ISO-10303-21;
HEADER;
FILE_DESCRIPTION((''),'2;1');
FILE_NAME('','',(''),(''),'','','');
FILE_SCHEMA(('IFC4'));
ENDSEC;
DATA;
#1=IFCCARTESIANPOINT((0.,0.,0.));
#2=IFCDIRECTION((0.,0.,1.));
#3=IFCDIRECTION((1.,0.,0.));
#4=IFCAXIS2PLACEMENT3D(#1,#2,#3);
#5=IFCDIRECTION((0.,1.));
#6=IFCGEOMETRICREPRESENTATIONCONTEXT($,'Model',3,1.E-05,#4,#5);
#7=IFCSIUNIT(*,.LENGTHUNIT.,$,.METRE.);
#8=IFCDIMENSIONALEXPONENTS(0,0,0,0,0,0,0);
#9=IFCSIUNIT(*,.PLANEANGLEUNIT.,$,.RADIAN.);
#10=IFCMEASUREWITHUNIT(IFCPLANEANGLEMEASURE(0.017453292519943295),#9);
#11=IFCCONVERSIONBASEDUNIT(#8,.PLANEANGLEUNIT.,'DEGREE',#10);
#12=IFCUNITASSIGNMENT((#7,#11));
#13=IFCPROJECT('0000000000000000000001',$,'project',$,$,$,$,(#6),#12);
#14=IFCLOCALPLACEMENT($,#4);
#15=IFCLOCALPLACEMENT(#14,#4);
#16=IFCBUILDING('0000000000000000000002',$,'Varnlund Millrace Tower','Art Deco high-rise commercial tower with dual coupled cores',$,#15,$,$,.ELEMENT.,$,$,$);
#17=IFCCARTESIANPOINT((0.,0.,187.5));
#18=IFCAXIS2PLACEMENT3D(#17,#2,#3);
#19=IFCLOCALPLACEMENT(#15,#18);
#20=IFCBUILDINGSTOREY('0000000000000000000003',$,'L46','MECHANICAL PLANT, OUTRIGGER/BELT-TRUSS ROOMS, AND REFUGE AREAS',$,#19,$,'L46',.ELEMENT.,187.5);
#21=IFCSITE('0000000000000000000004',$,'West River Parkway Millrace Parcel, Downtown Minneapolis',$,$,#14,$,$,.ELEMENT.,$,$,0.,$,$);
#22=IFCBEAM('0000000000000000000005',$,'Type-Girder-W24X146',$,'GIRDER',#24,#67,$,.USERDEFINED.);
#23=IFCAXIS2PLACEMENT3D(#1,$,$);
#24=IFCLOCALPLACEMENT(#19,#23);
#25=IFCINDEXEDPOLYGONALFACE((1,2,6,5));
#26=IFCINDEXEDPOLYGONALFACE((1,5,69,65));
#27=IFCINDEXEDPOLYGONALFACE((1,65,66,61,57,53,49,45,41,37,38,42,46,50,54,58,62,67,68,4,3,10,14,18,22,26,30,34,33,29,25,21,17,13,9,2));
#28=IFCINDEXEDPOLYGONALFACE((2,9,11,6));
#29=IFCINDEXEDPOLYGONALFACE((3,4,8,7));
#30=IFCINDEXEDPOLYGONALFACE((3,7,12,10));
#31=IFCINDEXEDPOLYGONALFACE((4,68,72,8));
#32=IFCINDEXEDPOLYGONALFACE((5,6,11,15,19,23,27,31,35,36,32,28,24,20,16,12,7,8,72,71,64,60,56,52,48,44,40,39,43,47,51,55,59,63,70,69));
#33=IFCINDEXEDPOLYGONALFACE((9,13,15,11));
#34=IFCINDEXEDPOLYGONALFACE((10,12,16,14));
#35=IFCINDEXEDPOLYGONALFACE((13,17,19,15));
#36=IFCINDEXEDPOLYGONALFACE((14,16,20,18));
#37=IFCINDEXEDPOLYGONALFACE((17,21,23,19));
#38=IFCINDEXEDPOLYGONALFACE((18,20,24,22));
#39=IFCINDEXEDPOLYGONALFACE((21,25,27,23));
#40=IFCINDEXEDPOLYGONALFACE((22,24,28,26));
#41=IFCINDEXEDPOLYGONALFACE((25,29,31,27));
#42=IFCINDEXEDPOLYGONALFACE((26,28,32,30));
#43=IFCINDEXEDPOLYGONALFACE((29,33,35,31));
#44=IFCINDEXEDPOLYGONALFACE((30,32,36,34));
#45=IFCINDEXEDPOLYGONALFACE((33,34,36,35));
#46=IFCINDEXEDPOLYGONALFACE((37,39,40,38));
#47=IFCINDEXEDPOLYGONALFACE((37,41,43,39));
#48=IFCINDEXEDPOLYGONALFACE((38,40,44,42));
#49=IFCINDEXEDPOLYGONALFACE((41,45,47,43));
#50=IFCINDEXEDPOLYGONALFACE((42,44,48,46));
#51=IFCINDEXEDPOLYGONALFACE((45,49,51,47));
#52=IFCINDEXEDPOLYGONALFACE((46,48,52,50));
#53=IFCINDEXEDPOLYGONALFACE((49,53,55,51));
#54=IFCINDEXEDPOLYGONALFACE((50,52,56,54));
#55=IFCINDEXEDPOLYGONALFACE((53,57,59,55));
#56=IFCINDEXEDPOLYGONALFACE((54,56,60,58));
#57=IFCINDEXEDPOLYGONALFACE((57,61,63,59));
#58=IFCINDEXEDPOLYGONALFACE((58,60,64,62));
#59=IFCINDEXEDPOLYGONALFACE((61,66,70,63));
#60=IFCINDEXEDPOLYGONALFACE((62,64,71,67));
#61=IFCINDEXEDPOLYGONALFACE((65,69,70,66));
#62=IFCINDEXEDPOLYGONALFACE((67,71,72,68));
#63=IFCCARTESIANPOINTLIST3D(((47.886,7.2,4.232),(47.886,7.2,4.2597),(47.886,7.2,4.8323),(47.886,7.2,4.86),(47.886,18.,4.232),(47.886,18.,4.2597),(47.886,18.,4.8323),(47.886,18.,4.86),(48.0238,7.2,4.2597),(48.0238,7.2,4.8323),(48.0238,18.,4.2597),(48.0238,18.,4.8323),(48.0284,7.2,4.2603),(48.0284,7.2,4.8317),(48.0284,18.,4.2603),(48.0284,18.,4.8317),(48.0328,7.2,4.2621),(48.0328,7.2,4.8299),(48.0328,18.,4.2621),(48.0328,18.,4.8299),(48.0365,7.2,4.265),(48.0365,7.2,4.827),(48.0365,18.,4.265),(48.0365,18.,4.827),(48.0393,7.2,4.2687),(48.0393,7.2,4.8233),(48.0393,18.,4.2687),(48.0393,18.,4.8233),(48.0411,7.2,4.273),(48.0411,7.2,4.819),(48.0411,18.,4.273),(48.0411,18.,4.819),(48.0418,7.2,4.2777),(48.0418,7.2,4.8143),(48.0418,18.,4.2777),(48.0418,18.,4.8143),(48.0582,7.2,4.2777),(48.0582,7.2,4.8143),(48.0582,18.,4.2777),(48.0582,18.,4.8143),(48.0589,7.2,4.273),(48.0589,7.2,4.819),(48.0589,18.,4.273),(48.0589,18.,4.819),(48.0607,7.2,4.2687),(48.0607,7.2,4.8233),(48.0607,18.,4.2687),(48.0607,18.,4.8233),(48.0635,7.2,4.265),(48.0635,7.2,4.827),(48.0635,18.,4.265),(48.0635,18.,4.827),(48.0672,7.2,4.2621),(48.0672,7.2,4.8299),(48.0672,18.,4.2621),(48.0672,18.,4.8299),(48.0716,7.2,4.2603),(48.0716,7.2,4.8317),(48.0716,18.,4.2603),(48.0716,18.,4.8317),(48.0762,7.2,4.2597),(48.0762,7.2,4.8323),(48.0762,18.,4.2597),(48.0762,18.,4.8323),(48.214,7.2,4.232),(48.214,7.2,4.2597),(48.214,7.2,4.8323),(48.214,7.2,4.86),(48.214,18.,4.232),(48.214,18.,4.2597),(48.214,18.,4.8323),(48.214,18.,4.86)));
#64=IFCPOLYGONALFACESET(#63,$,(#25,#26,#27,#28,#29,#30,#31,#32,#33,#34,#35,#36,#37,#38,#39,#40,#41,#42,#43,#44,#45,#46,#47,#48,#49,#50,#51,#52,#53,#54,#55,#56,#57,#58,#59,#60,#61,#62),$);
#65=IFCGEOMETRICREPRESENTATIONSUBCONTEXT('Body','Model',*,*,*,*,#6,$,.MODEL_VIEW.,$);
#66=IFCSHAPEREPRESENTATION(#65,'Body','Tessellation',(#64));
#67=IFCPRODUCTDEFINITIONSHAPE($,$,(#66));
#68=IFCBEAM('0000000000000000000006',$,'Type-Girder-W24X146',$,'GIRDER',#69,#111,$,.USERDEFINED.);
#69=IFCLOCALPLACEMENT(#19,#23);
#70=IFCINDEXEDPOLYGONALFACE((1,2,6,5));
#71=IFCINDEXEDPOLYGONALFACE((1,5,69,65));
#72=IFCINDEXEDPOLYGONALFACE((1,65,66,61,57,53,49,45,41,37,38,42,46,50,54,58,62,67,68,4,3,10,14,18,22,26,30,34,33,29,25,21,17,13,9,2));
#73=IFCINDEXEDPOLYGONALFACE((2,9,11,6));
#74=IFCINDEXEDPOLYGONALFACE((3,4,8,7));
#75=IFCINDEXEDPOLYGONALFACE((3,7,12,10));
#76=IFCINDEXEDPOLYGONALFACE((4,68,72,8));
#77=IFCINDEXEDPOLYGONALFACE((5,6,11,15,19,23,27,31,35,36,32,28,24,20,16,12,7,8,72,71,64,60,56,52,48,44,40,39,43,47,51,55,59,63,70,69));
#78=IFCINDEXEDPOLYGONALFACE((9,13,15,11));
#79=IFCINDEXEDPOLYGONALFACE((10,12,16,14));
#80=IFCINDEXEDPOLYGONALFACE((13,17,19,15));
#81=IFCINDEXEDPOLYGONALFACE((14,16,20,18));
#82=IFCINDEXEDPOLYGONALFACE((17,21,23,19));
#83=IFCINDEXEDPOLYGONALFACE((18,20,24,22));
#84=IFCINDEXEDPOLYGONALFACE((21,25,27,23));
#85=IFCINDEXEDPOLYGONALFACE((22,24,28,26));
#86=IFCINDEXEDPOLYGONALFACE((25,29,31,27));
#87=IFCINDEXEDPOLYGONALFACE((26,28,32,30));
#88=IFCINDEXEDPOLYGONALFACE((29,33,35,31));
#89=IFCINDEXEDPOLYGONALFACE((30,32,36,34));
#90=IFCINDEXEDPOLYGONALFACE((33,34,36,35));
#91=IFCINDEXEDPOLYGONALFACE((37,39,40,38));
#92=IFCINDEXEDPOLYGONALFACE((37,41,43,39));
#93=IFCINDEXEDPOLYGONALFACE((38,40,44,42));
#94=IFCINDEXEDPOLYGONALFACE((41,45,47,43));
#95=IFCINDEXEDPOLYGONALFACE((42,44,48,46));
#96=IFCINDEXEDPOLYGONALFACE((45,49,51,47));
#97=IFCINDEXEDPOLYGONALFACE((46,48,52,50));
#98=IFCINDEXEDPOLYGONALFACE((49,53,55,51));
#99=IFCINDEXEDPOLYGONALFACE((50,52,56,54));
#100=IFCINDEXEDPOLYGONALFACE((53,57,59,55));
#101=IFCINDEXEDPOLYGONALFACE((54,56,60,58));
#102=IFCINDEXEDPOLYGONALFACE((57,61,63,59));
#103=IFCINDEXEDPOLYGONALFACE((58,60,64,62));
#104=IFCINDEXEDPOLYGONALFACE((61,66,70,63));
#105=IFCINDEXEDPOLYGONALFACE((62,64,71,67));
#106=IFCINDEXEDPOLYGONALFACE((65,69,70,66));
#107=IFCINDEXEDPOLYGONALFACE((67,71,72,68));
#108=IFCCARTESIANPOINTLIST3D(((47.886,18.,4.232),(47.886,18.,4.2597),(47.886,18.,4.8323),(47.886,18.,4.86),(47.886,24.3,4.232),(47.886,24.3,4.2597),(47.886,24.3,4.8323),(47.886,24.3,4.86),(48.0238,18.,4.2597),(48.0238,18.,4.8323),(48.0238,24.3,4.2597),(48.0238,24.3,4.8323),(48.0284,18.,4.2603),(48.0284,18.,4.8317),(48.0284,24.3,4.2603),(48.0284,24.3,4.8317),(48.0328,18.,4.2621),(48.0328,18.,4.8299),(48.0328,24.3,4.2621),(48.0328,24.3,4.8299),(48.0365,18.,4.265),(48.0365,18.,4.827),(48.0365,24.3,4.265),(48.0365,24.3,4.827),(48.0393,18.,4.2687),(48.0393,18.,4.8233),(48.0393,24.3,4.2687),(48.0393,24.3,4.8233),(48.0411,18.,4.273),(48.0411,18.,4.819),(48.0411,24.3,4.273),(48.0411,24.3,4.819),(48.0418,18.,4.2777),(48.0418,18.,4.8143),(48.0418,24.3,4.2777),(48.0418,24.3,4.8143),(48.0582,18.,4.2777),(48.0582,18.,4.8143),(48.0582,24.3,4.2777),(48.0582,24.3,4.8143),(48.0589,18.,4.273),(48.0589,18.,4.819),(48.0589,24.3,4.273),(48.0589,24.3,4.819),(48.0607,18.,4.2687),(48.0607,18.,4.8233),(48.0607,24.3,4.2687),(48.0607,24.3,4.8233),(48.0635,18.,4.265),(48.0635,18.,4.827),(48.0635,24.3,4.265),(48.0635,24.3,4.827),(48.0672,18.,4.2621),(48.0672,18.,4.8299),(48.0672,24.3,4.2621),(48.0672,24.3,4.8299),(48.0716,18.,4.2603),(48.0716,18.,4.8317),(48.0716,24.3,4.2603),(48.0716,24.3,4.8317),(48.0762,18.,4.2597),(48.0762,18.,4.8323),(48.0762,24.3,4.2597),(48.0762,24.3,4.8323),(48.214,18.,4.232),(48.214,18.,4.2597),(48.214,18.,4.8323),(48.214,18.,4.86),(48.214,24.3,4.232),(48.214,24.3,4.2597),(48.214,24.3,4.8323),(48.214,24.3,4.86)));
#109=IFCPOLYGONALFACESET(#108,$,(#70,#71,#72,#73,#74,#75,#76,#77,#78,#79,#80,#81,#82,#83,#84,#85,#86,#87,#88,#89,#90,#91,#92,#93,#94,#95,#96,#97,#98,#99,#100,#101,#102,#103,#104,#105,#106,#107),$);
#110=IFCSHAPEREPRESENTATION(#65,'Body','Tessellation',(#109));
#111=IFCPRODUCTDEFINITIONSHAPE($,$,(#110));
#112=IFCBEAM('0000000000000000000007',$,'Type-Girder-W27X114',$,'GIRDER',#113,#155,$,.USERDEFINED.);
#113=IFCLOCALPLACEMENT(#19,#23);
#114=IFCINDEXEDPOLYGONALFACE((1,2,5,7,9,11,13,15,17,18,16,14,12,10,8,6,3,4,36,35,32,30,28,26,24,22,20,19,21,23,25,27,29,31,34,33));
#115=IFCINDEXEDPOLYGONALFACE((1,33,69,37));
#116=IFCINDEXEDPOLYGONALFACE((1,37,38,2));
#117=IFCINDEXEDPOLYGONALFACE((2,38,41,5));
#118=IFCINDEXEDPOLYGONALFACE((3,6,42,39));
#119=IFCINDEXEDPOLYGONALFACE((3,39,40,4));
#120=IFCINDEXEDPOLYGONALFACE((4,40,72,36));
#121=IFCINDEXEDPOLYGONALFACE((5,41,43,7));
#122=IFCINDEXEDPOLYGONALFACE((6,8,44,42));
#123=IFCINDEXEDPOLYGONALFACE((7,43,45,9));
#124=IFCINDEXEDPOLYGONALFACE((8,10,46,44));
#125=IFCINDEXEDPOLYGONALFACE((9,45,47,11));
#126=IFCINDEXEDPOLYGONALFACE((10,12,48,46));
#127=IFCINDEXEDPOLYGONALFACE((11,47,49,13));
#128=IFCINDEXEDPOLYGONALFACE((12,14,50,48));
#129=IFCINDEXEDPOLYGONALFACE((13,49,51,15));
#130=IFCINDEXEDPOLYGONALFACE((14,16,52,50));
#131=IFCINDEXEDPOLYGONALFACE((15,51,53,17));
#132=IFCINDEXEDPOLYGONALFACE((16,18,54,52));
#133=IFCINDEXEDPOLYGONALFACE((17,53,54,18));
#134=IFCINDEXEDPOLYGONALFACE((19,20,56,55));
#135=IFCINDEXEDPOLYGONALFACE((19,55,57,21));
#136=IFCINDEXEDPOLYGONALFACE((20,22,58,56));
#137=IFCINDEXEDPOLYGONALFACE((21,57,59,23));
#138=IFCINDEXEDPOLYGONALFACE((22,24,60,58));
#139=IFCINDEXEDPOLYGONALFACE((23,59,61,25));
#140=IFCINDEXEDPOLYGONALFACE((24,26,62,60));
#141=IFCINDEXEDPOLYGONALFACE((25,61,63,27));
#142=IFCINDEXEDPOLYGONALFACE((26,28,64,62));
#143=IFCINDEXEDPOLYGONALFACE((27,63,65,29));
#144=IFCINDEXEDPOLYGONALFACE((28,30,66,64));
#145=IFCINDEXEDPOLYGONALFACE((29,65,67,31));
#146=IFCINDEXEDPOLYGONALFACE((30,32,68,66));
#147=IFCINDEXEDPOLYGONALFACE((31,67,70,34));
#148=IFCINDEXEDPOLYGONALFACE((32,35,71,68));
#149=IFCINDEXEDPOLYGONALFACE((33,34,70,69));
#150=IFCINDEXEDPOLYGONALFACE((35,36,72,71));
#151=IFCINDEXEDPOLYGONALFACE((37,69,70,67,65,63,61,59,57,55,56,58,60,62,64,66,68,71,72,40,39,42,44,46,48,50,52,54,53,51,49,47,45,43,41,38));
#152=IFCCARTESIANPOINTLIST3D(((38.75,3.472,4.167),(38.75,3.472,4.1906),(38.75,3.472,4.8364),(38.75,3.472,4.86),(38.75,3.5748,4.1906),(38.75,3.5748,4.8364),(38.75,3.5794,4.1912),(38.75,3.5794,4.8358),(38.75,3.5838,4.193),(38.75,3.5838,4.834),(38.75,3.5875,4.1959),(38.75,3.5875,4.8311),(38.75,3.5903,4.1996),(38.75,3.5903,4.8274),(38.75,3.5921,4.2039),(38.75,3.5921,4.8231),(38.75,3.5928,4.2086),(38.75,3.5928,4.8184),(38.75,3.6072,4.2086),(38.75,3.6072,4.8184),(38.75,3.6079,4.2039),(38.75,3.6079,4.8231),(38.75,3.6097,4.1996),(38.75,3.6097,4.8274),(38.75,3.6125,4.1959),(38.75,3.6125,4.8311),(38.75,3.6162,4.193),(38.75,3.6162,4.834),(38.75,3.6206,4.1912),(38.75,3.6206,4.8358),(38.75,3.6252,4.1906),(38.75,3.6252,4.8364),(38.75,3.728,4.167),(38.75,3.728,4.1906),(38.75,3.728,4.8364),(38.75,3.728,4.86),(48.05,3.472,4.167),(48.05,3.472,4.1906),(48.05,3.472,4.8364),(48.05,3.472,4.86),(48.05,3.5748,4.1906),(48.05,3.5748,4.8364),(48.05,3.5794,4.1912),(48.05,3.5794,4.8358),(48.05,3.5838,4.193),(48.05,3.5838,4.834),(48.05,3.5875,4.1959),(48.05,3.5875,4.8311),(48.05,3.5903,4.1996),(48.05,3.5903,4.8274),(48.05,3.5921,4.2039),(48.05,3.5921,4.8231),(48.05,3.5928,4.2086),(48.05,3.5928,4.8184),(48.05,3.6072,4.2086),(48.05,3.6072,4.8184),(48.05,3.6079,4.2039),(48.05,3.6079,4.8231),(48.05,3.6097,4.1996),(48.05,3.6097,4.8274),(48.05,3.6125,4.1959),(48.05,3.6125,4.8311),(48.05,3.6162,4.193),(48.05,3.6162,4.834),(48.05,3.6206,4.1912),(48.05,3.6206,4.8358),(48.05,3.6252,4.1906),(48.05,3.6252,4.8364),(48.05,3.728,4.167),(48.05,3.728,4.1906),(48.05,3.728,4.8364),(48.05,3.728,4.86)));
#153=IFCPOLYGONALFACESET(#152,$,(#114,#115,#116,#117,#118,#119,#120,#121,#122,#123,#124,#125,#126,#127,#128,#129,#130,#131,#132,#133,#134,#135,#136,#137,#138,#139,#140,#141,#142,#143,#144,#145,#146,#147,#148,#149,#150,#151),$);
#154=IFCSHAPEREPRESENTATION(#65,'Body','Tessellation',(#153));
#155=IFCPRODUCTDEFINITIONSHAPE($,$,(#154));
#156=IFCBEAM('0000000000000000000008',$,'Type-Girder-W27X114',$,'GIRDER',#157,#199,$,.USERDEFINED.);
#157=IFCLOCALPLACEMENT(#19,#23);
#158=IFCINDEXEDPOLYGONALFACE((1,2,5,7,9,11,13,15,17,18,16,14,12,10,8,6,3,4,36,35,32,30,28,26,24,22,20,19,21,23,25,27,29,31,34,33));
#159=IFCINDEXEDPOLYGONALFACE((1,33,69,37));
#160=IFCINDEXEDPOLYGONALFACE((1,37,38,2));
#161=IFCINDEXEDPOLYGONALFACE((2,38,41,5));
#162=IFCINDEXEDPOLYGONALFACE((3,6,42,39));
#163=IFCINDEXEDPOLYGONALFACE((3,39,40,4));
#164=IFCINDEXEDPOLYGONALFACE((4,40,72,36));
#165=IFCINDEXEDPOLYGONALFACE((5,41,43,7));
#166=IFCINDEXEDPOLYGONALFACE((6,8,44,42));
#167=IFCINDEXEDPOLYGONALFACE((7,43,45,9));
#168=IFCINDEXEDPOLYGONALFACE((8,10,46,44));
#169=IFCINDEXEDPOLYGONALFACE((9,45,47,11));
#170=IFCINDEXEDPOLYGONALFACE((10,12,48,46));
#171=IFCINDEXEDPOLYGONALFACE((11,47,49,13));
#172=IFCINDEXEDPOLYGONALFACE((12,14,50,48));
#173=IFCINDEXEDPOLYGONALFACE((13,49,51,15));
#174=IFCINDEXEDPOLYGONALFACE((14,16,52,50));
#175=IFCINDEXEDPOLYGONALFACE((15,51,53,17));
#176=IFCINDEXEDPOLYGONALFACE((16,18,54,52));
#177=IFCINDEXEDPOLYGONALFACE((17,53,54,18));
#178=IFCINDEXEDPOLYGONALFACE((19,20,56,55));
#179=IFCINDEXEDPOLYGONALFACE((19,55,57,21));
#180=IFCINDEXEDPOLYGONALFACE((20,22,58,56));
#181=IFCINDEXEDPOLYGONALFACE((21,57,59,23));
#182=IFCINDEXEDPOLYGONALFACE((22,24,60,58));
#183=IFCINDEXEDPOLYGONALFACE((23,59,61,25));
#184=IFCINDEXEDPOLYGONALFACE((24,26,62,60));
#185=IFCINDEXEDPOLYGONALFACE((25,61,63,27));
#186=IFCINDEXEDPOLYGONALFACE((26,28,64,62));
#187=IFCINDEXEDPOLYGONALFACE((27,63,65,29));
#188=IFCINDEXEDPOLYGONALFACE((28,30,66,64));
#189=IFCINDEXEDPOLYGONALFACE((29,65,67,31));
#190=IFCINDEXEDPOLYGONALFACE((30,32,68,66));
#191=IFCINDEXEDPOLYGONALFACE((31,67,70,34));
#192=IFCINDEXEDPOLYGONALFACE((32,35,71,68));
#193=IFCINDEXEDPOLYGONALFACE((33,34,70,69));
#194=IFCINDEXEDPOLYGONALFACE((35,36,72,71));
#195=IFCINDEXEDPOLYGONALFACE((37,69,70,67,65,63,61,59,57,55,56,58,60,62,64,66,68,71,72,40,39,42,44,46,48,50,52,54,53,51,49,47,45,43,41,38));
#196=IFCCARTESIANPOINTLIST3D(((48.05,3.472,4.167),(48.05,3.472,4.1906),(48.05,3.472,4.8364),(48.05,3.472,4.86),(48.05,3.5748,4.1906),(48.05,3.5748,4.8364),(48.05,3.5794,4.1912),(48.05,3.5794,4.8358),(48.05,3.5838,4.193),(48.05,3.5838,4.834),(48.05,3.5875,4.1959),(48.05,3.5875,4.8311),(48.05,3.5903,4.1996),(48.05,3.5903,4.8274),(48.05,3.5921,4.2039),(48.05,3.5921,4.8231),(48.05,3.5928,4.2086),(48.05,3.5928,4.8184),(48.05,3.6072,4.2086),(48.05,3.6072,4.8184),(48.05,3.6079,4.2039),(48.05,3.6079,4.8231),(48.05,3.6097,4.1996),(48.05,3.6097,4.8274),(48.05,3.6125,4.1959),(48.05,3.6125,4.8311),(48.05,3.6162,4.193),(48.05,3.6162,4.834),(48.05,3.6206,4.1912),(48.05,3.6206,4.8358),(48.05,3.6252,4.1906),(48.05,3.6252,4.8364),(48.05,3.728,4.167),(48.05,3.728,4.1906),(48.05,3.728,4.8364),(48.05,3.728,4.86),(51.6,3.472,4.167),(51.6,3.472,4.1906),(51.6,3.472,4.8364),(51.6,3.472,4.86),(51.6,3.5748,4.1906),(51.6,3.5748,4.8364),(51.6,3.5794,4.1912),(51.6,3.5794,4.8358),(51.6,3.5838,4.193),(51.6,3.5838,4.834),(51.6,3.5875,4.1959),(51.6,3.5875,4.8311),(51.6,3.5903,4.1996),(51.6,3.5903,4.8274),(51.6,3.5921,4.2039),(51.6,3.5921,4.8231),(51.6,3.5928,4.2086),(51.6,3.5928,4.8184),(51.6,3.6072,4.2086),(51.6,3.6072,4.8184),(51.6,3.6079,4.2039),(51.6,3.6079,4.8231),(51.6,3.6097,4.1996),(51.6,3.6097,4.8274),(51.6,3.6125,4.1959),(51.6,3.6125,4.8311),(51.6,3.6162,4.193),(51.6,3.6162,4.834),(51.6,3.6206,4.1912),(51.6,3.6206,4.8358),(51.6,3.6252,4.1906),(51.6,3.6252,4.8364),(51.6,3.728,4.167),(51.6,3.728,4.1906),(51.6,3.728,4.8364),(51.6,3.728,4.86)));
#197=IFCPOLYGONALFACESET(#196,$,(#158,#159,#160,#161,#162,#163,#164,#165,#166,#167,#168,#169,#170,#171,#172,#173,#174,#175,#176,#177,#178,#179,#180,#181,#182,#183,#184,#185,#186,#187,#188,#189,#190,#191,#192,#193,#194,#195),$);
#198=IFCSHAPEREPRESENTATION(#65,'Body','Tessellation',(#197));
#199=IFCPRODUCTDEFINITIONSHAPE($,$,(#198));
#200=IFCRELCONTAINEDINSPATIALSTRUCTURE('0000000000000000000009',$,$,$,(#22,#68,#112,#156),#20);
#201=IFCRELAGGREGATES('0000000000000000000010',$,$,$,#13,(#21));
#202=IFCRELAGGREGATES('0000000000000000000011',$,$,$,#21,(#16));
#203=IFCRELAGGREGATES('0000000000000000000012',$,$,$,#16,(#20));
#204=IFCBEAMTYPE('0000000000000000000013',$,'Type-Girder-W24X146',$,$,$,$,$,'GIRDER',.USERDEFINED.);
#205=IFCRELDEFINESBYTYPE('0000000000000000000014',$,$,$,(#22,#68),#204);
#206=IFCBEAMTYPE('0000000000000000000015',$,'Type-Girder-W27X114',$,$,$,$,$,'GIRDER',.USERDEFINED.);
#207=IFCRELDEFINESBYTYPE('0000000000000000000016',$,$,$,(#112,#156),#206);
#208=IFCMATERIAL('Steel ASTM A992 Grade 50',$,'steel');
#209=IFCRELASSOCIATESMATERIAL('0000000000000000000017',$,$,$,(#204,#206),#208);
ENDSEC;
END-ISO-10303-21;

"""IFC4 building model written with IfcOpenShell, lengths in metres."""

from ifc_helpers import new_model, entity, si_unit, converted_unit, direction, frame, origin_with_axes, origin_2d_with_axis, place, context, subcontext, project, spatial, i_section, extrude, material, material_profile, profile_set, type_object, element, save


model = new_model("IFC4")

# Units and contexts
model_context = context("Model", 3, precision=1e-05, world=origin_with_axes(), true_north=direction((0.0, 1.0)))
body_context = subcontext(model_context, "Body", "Model", "MODEL_VIEW")
ifc_project = project(units=[si_unit("LENGTHUNIT", "METRE"), converted_unit("PLANEANGLEUNIT", "DEGREE", entity("IfcPlaneAngleMeasure", 0.017453292519943295), si_unit("PLANEANGLEUNIT", "RADIAN"), dimensions=[0, 0, 0, 0, 0, 0, 0])], contexts=[model_context])

# Site, building, storey
site_placement = place(None, origin_with_axes())
site = spatial("IfcSite", under=ifc_project, at=site_placement, Name="West River Parkway Millrace Parcel, Downtown Minneapolis", CompositionType="ELEMENT", RefElevation=0.0)
building_placement = place(site_placement, origin_with_axes())
building = spatial("IfcBuilding", under=site, at=building_placement, Name="Varnlund Millrace Tower", Description="Art Deco high-rise commercial tower with dual coupled cores", CompositionType="ELEMENT")
storey_placement = place(building_placement, frame((0.0, 0.0, 187.5), z_axis=(0.0, 0.0, 1.0), x_axis=(1.0, 0.0, 0.0)))
storey = spatial("IfcBuildingStorey", under=building, at=storey_placement, Name="L46", Description="MECHANICAL PLANT, OUTRIGGER/BELT-TRUSS ROOMS, AND REFUGE AREAS", LongName="L46", CompositionType="ELEMENT", Elevation=187.5)

# Beams
ifc_material_1 = material(Name="Steel ASTM A992 Grade 50", Category="steel")
ifc_material_profile_1 = material_profile(ifc_material_1, i_section(OverallWidth=0.328, OverallDepth=0.628, WebThickness=0.0165, FlangeThickness=0.0277, FilletRadius=0.018, at=origin_2d_with_axis()), Name="Steel ASTM A992 Grade 50")
ifc_profile_set_1 = profile_set([ifc_material_profile_1], Name="Steel ASTM A992 Grade 50")
beam_type_1 = type_object("IfcBeamType", Name="Type-Girder-W24X146", ElementType="GIRDER", PredefinedType="USERDEFINED", material=ifc_profile_set_1)
beam_1_placement = place(storey_placement, frame((48.05, 7.2, 4.546), z_axis=(0.0, 1.0, 0.0), x_axis=(-1.0, 0.0, 0.0)))
element("IfcBeam", 1, at=beam_1_placement, inside=storey, type_object=beam_type_1, Name="Type-Girder-W24X146", ObjectType="GIRDER", PredefinedType="USERDEFINED", context=body_context, shape_type="SweptSolid", body=[
    extrude(i_section(OverallWidth=0.328, OverallDepth=0.628, WebThickness=0.0165, FlangeThickness=0.0277, FilletRadius=0.018, at=origin_2d_with_axis()), origin_with_axes(), (0.0, 0.0, 1.0), 10.8),
])
beam_2_placement = place(storey_placement, frame((48.05, 18.0, 4.546), z_axis=(0.0, 1.0, 0.0), x_axis=(-1.0, 0.0, 0.0)))
element("IfcBeam", 2, at=beam_2_placement, inside=storey, type_object=beam_type_1, Name="Type-Girder-W24X146", ObjectType="GIRDER", PredefinedType="USERDEFINED", context=body_context, shape_type="SweptSolid", body=[
    extrude(i_section(OverallWidth=0.328, OverallDepth=0.628, WebThickness=0.0165, FlangeThickness=0.0277, FilletRadius=0.018, at=origin_2d_with_axis()), origin_with_axes(), (0.0, 0.0, 1.0), 6.3),
])
ifc_material_profile_2 = material_profile(ifc_material_1, i_section(OverallWidth=0.256, OverallDepth=0.693, WebThickness=0.0145, FlangeThickness=0.0236, FilletRadius=0.018, at=origin_2d_with_axis()), Name="Steel ASTM A992 Grade 50")
ifc_profile_set_2 = profile_set([ifc_material_profile_2], Name="Steel ASTM A992 Grade 50")
beam_type_2 = type_object("IfcBeamType", Name="Type-Girder-W27X114", ElementType="GIRDER", PredefinedType="USERDEFINED", material=ifc_profile_set_2)
beam_3_placement = place(storey_placement, frame((38.75, 3.6, 4.5135), z_axis=(1.0, 0.0, 0.0), x_axis=(0.0, 1.0, 0.0)))
element("IfcBeam", 3, at=beam_3_placement, inside=storey, type_object=beam_type_2, Name="Type-Girder-W27X114", ObjectType="GIRDER", PredefinedType="USERDEFINED", context=body_context, shape_type="SweptSolid", body=[
    extrude(i_section(OverallWidth=0.256, OverallDepth=0.693, WebThickness=0.0145, FlangeThickness=0.0236, FilletRadius=0.018, at=origin_2d_with_axis()), origin_with_axes(), (0.0, 0.0, 1.0), 9.3),
])
beam_4_placement = place(storey_placement, frame((48.05, 3.6, 4.5135), z_axis=(1.0, 0.0, 0.0), x_axis=(0.0, 1.0, 0.0)))
element("IfcBeam", 4, at=beam_4_placement, inside=storey, type_object=beam_type_2, Name="Type-Girder-W27X114", ObjectType="GIRDER", PredefinedType="USERDEFINED", context=body_context, shape_type="SweptSolid", body=[
    extrude(i_section(OverallWidth=0.256, OverallDepth=0.693, WebThickness=0.0145, FlangeThickness=0.0236, FilletRadius=0.018, at=origin_2d_with_axis()), origin_with_axes(), (0.0, 0.0, 1.0), 3.55),
])

save(model, "model.ifc")
